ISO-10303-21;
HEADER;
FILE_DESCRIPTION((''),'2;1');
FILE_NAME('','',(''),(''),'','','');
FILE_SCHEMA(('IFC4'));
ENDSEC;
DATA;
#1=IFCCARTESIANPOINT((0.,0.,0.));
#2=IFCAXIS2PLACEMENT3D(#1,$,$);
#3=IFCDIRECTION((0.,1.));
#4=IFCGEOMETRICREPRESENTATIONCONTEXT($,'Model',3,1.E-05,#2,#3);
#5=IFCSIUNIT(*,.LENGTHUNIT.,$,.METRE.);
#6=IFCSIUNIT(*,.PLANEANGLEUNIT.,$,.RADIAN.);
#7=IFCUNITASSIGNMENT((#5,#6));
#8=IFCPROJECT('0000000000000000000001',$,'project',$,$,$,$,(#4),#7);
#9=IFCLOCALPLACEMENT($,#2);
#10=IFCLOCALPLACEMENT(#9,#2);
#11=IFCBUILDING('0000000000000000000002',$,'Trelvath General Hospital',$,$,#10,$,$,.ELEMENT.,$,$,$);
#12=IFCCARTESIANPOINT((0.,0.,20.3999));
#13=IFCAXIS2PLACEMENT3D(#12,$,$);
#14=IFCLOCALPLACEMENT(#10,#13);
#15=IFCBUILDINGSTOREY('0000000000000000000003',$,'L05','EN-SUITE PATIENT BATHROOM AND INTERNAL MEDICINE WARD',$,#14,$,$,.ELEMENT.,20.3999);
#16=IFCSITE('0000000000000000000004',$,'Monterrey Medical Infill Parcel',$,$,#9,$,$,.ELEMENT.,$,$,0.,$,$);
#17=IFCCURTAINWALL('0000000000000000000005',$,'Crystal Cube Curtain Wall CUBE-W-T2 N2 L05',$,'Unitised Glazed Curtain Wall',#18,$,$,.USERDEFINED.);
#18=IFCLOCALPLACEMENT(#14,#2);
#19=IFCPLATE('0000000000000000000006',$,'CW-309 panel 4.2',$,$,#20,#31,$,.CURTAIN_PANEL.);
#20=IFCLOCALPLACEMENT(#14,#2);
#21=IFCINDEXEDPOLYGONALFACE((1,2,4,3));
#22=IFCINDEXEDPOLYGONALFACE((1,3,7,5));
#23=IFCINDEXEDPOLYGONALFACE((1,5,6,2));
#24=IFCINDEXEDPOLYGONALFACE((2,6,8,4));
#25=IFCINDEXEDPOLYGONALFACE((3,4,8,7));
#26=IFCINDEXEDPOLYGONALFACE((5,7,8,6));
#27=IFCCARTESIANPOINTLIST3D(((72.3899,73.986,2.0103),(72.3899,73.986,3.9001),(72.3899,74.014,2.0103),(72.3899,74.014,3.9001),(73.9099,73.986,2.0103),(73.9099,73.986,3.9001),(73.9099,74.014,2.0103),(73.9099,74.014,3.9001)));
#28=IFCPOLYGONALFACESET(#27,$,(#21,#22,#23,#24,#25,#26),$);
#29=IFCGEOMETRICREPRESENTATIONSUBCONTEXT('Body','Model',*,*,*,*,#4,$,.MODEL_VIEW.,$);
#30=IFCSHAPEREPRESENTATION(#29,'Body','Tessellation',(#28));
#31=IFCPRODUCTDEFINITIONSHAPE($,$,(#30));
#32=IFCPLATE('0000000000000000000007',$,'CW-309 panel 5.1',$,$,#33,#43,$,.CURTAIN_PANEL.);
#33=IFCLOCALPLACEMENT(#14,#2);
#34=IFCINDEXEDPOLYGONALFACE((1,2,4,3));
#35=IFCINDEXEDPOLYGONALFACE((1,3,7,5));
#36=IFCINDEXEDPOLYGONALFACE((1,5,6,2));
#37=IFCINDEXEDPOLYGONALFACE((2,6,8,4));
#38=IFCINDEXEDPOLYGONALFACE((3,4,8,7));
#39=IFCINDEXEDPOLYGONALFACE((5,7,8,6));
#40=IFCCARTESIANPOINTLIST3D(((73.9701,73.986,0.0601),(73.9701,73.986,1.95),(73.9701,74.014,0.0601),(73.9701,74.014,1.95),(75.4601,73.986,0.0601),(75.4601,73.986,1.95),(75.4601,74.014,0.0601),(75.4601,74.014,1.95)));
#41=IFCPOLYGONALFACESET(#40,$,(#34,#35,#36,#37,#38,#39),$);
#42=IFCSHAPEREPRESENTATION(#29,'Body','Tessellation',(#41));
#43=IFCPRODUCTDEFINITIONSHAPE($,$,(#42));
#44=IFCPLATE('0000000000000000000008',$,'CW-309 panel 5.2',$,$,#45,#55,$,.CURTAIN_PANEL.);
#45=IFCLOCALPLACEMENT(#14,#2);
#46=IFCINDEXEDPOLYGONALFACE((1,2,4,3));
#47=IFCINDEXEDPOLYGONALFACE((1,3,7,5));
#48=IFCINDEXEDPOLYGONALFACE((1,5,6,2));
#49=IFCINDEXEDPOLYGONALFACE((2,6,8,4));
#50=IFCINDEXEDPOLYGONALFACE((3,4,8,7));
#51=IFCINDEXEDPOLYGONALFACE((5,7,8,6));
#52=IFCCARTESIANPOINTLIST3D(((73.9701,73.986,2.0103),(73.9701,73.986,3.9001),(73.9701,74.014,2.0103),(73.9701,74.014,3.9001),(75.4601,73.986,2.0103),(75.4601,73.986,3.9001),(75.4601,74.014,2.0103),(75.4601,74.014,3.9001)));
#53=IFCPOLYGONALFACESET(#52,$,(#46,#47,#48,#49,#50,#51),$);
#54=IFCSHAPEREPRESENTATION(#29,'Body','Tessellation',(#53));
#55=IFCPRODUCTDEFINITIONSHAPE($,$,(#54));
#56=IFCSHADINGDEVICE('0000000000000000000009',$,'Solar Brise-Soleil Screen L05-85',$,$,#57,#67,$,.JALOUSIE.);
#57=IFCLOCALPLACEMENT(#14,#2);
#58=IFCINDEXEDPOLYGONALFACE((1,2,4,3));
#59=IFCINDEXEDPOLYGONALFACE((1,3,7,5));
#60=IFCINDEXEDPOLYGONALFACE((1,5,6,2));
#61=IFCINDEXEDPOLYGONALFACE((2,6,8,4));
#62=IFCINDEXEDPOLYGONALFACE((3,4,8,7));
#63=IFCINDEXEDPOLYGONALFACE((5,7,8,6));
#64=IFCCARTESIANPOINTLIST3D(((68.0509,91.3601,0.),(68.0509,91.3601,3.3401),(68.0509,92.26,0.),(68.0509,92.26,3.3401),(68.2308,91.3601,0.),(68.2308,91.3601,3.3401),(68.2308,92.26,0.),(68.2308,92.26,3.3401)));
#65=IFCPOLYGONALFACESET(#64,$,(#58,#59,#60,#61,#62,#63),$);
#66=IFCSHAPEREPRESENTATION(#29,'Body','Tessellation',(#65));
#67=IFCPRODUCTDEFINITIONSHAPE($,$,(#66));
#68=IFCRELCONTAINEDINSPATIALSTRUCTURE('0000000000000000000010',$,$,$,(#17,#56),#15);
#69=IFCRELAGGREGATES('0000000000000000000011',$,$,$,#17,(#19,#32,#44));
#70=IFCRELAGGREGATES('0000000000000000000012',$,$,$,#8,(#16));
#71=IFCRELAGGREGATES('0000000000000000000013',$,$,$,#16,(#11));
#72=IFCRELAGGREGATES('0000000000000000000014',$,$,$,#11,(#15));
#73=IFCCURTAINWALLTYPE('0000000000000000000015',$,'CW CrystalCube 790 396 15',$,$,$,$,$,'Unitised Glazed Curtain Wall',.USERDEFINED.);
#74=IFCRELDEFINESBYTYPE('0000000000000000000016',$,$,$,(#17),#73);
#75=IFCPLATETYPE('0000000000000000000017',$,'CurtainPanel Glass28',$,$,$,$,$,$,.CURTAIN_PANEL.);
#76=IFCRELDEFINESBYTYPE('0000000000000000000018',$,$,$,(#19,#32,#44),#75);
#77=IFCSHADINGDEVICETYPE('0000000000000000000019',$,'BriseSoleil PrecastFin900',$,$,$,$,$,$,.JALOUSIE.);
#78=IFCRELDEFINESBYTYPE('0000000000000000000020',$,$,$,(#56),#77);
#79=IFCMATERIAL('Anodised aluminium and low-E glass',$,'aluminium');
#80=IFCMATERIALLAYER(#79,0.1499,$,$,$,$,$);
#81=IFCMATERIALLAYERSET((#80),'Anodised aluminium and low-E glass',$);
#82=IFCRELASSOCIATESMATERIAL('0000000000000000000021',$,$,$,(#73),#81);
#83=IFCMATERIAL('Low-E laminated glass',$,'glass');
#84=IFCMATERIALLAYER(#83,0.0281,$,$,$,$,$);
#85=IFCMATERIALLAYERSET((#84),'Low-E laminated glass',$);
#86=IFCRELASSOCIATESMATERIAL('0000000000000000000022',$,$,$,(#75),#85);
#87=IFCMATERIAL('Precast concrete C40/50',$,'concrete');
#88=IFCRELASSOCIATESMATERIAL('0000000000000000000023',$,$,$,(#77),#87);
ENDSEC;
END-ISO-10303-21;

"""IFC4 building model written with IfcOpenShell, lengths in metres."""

from ifc_helpers import new_model, si_unit, direction, frame, origin, origin_2d, place, context, subcontext, project, spatial, rectangle, extrude, material, layer, layer_set, type_object, element, aggregate, save


model = new_model("IFC4")

# Units and contexts
model_context = context("Model", 3, precision=1e-05, world=origin(), true_north=direction((0.0, 1.0)))
body_context = subcontext(model_context, "Body", "Model", "MODEL_VIEW")
ifc_project = project(units=[si_unit("LENGTHUNIT", "METRE"), si_unit("PLANEANGLEUNIT", "RADIAN")], contexts=[model_context])

# Site, building, storey
site_placement = place(None, origin())
site = spatial("IfcSite", under=ifc_project, at=site_placement, Name="Monterrey Medical Infill Parcel", CompositionType="ELEMENT", RefElevation=0.0)
building_placement = place(site_placement, origin())
building = spatial("IfcBuilding", under=site, at=building_placement, Name="Trelvath General Hospital", CompositionType="ELEMENT")
storey_placement = place(building_placement, frame((0.0, 0.0, 20.3999)))
storey = spatial("IfcBuildingStorey", under=building, at=storey_placement, Name="L05", Description="EN-SUITE PATIENT BATHROOM AND INTERNAL MEDICINE WARD", CompositionType="ELEMENT", Elevation=20.3999)

# Curtain wall, plates
ifc_material_1 = material(Name="Anodised aluminium and low-E glass", Category="aluminium")
ifc_layer_1 = layer(ifc_material_1, 0.1499)
ifc_layer_set_1 = layer_set([ifc_layer_1], Name="Anodised aluminium and low-E glass")
curtain_wall_type = type_object("IfcCurtainWallType", Name="CW CrystalCube 790 396 15", ElementType="Unitised Glazed Curtain Wall", PredefinedType="USERDEFINED", material=ifc_layer_set_1)
curtain_wall_placement = place(storey_placement, origin())
curtain_wall = element("IfcCurtainWall", 1, at=curtain_wall_placement, inside=storey, type_object=curtain_wall_type, Name="Crystal Cube Curtain Wall CUBE-W-T2 N2 L05", ObjectType="Unitised Glazed Curtain Wall", PredefinedType="USERDEFINED")
ifc_material_2 = material(Name="Low-E laminated glass", Category="glass")
ifc_layer_2 = layer(ifc_material_2, 0.0281)
ifc_layer_set_2 = layer_set([ifc_layer_2], Name="Low-E laminated glass")
plate_type = type_object("IfcPlateType", Name="CurtainPanel Glass28", PredefinedType="CURTAIN_PANEL", material=ifc_layer_set_2)
plate_1_placement = place(storey_placement, frame((73.1499, 74.0, 2.0103), z_axis=(0.0, 0.0, 1.0), x_axis=(1.0, 0.0, 0.0)))
plate_1 = element("IfcPlate", 2, at=plate_1_placement, type_object=plate_type, Name="CW-309 panel 4.2", PredefinedType="CURTAIN_PANEL", context=body_context, shape_type="SweptSolid", body=[
    extrude(rectangle(XDim=1.52, YDim=0.0281, at=origin_2d()), origin(), (0.0, 0.0, 1.0), 1.8899),
])
plate_2_placement = place(storey_placement, frame((74.7151, 74.0, 0.0601), z_axis=(0.0, 0.0, 1.0), x_axis=(1.0, 0.0, 0.0)))
plate_2 = element("IfcPlate", 3, at=plate_2_placement, type_object=plate_type, Name="CW-309 panel 5.1", PredefinedType="CURTAIN_PANEL", context=body_context, shape_type="SweptSolid", body=[
    extrude(rectangle(XDim=1.49, YDim=0.0281, at=origin_2d()), origin(), (0.0, 0.0, 1.0), 1.8899),
])
plate_3_placement = place(storey_placement, frame((74.7151, 74.0, 2.0103), z_axis=(0.0, 0.0, 1.0), x_axis=(1.0, 0.0, 0.0)))
plate_3 = element("IfcPlate", 4, at=plate_3_placement, type_object=plate_type, Name="CW-309 panel 5.2", PredefinedType="CURTAIN_PANEL", context=body_context, shape_type="SweptSolid", body=[
    extrude(rectangle(XDim=1.49, YDim=0.0281, at=origin_2d()), origin(), (0.0, 0.0, 1.0), 1.8899),
])
aggregate(curtain_wall, [plate_1, plate_2, plate_3])

# Shading device
ifc_material_3 = material(Name="Precast concrete C40/50", Category="concrete")
shading_device_type = type_object("IfcShadingDeviceType", Name="BriseSoleil PrecastFin900", PredefinedType="JALOUSIE", material=ifc_material_3)
shading_device_placement = place(storey_placement, frame((68.1409, 91.8101, 0.0), z_axis=(0.0, 0.0, 1.0), x_axis=(0.0, -1.0, 0.0)))
element("IfcShadingDevice", 5, at=shading_device_placement, inside=storey, type_object=shading_device_type, Name="Solar Brise-Soleil Screen L05-85", PredefinedType="JALOUSIE", context=body_context, shape_type="SweptSolid", body=[
    extrude(rectangle(XDim=0.8999, YDim=0.1799, at=origin_2d()), origin(), (0.0, 0.0, 1.0), 3.3401),
])

save(model, "model.ifc")
